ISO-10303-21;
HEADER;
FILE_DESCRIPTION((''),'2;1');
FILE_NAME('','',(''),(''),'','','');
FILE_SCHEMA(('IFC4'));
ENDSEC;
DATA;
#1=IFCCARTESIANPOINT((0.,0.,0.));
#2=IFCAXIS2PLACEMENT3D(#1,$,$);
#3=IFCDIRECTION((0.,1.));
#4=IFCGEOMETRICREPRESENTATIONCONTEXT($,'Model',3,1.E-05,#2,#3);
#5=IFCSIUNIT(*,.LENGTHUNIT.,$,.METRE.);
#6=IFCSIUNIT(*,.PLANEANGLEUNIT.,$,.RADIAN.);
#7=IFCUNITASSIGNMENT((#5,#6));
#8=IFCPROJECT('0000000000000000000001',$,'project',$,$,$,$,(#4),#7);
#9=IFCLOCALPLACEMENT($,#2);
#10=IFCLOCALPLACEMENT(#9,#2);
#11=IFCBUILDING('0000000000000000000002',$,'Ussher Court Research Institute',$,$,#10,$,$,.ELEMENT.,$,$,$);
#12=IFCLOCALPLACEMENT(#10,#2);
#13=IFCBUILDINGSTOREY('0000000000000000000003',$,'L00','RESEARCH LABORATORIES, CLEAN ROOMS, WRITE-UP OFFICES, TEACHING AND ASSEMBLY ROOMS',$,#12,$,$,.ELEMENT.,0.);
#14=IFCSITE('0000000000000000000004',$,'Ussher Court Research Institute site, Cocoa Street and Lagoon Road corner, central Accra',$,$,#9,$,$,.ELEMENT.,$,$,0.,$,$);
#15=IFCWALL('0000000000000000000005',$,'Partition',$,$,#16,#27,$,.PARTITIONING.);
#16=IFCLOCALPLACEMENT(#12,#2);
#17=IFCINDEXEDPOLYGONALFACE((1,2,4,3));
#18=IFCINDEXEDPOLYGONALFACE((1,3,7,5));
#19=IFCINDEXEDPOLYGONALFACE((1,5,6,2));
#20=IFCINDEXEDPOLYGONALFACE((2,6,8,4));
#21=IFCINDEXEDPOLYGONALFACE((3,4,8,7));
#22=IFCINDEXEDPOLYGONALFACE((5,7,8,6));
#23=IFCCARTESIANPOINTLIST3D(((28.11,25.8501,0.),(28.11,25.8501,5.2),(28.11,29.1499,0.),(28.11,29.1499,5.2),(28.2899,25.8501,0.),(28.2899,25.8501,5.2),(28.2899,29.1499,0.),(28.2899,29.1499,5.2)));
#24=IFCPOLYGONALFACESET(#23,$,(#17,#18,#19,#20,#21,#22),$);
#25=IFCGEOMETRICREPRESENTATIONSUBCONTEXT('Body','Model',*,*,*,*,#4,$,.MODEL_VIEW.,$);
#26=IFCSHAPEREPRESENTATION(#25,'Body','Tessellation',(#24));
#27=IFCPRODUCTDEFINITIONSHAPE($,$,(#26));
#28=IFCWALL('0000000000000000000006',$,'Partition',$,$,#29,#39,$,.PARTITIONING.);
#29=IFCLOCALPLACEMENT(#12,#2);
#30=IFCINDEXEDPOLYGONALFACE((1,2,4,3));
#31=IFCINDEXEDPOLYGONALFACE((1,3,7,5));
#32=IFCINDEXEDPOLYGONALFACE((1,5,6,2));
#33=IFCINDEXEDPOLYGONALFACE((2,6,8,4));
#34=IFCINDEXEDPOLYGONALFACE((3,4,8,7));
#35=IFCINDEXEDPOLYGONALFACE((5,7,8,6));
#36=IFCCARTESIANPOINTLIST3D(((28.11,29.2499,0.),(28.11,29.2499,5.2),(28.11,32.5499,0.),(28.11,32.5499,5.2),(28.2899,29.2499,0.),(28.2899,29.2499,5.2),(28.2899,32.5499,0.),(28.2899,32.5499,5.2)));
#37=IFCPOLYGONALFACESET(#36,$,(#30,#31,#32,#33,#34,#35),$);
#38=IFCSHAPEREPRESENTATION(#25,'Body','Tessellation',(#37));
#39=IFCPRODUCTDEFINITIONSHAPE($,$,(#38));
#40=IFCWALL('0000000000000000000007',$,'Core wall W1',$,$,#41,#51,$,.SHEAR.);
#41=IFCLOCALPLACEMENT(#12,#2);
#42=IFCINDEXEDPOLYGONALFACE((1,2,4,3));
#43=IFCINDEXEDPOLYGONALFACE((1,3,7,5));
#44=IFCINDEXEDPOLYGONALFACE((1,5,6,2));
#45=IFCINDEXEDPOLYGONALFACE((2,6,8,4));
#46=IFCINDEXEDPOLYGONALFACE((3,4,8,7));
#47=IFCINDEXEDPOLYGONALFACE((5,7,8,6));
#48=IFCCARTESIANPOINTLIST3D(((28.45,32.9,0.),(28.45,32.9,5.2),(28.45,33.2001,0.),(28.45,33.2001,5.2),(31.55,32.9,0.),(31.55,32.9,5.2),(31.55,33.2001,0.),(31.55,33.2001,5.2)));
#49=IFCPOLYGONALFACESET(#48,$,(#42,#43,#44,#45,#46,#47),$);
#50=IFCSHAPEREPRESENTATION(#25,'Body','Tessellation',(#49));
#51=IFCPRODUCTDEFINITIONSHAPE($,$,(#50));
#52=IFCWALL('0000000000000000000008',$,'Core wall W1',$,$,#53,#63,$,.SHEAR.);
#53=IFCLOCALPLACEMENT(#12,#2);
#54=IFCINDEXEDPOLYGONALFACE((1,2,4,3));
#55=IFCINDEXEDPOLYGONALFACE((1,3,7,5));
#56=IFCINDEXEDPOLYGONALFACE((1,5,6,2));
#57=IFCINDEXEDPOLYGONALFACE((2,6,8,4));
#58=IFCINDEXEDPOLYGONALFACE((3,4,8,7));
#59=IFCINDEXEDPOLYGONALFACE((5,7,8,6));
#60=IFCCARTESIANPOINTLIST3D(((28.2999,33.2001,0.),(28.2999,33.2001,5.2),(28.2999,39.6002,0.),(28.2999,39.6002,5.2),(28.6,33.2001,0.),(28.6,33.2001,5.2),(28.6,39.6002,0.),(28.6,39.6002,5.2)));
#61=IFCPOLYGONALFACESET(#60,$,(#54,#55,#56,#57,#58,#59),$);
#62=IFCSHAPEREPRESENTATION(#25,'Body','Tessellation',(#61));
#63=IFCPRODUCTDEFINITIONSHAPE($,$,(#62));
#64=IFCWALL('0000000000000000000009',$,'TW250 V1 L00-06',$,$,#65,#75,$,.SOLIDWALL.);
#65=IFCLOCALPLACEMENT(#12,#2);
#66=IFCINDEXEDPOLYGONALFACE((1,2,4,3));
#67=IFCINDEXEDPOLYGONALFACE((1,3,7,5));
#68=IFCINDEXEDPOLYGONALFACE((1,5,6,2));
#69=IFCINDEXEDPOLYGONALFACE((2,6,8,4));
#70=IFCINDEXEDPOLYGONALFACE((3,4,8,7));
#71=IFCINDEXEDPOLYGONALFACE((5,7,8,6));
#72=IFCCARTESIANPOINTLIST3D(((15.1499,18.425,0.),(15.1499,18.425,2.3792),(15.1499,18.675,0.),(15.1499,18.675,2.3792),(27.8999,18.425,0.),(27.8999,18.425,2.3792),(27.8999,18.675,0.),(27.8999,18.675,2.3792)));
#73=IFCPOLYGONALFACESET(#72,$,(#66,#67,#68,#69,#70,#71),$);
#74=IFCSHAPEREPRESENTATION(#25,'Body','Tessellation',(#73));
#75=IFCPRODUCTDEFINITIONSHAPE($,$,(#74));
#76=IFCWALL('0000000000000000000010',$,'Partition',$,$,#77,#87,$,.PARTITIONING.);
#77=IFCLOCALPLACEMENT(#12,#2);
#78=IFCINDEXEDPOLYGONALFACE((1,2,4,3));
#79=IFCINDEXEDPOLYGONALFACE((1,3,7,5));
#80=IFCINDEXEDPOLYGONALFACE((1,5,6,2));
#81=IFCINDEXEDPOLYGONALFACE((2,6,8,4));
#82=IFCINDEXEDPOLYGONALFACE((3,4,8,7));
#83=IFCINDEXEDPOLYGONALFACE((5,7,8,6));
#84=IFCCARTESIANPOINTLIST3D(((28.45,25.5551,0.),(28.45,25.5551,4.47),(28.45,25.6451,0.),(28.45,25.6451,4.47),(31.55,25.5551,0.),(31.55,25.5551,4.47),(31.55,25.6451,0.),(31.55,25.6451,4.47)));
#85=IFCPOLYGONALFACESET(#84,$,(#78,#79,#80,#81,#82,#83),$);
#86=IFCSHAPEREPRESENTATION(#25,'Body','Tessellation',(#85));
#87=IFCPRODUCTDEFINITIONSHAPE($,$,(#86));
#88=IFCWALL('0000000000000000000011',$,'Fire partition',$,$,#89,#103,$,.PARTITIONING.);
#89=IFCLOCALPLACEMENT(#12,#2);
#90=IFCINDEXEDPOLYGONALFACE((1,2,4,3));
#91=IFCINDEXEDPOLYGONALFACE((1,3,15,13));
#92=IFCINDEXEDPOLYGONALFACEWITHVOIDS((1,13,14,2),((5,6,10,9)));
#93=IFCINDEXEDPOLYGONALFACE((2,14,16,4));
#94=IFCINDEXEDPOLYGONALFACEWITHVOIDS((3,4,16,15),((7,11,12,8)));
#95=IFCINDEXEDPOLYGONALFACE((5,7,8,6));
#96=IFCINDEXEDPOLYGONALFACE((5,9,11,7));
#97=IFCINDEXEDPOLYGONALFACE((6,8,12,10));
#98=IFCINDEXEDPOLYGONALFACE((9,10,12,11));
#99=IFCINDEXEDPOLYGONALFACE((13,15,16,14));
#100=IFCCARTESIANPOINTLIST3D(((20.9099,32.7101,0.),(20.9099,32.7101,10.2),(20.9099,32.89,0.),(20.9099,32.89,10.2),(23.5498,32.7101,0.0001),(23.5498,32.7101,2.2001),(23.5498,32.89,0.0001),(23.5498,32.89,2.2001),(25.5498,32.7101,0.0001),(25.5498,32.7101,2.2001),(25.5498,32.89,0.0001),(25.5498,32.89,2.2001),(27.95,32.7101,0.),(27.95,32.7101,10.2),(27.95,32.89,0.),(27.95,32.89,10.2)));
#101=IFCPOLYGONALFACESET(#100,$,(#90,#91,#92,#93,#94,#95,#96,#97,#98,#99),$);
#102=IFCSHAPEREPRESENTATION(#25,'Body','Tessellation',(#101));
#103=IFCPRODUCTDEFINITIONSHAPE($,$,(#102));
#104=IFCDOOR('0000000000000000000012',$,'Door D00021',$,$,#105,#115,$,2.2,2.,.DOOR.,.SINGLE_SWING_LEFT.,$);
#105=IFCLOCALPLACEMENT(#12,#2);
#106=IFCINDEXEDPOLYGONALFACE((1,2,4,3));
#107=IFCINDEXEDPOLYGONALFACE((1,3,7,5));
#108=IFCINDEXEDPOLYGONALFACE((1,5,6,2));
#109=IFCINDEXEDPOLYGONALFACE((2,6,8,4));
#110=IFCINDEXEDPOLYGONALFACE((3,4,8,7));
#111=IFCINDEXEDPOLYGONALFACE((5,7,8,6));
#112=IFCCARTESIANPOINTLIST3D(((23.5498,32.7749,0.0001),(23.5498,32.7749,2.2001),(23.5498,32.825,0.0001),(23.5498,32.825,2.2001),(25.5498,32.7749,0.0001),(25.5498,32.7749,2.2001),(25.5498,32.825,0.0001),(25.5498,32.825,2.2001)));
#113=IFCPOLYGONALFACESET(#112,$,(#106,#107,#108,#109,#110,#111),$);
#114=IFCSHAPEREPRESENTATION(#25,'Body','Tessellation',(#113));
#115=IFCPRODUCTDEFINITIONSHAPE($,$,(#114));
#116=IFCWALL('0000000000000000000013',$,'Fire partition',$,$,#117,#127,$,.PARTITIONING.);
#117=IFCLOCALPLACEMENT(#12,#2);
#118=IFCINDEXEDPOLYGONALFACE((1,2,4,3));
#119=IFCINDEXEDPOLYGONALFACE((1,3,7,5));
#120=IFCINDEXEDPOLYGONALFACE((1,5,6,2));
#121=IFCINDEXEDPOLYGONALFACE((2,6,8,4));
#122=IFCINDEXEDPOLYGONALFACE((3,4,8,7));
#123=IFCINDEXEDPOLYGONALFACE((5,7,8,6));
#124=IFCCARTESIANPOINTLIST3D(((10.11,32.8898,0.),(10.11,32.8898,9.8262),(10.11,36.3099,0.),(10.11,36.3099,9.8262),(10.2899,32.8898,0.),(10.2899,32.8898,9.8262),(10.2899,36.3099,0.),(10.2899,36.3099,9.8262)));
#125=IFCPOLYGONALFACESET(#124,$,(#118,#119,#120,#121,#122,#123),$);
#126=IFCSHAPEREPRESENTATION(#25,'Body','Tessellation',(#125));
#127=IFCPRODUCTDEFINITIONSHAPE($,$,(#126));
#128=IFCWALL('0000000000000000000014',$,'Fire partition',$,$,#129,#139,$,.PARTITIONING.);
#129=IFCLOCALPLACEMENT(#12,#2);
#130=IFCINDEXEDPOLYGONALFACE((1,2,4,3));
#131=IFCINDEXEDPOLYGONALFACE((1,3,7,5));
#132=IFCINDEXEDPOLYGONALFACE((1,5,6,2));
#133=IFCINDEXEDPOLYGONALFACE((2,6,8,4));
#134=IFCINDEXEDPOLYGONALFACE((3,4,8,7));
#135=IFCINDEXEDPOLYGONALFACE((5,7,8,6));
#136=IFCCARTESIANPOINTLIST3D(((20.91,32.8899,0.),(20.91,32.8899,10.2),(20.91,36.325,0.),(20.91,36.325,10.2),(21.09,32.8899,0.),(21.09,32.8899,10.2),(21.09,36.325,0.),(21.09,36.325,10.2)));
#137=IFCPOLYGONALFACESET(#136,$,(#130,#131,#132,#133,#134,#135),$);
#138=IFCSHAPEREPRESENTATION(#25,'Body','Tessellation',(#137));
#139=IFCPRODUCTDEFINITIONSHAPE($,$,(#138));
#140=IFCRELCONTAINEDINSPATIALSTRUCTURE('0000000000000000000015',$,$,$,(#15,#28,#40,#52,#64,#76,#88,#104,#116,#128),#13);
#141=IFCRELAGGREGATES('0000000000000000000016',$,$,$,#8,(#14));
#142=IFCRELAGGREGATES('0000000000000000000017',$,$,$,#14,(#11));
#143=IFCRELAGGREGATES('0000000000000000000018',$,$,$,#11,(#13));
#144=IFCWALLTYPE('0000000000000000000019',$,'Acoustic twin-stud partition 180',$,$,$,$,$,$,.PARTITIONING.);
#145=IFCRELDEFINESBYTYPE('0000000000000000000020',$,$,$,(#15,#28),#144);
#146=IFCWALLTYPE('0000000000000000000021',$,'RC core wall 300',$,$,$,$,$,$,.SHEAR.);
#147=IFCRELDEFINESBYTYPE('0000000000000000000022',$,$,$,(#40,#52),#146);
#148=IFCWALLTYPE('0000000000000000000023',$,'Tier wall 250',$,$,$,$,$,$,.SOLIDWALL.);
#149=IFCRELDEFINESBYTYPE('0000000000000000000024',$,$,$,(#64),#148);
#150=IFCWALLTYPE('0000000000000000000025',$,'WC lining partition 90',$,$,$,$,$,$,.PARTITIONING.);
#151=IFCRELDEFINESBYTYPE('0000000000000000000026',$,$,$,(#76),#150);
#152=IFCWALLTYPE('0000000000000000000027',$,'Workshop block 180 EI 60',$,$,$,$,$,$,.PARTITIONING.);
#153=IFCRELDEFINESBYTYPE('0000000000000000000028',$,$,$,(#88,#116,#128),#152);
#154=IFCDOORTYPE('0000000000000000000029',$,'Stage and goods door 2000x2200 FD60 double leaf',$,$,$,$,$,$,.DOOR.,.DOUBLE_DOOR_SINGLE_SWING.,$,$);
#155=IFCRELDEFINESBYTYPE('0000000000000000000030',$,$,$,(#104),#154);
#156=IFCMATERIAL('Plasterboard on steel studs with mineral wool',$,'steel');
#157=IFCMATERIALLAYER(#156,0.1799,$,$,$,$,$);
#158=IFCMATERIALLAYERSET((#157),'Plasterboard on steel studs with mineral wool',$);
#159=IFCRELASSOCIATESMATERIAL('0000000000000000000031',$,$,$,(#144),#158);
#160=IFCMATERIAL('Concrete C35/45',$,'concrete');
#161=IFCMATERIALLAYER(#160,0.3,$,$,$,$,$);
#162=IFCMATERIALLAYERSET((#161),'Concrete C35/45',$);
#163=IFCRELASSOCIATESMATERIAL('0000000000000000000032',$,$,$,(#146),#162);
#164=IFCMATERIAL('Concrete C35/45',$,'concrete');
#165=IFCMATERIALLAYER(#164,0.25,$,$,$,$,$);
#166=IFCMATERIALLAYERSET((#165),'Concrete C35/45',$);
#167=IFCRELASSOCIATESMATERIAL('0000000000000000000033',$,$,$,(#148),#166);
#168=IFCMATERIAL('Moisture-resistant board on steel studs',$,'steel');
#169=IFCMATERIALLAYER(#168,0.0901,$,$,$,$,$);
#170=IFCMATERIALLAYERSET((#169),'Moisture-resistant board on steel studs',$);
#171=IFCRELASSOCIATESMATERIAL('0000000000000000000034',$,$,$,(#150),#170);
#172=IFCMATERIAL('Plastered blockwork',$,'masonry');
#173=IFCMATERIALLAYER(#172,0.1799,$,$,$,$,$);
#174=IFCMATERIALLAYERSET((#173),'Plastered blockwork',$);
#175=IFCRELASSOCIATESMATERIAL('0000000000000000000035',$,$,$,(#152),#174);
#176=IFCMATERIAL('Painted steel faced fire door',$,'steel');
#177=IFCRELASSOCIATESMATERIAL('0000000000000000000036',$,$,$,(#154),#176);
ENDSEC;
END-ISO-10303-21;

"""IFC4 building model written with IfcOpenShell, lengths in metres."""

from ifc_helpers import new_model, si_unit, direction, frame, frame_2d, origin, place, context, subcontext, project, spatial, rectangle, extrude, material, layer, layer_set, type_object, element, fill, save


model = new_model("IFC4")

# Units and contexts
model_context = context("Model", 3, precision=1e-05, world=origin(), true_north=direction((0.0, 1.0)))
body_context = subcontext(model_context, "Body", "Model", "MODEL_VIEW")
ifc_project = project(units=[si_unit("LENGTHUNIT", "METRE"), si_unit("PLANEANGLEUNIT", "RADIAN")], contexts=[model_context])

# Site, building, storey
site_placement = place(None, origin())
site = spatial("IfcSite", under=ifc_project, at=site_placement, Name="Ussher Court Research Institute site, Cocoa Street and Lagoon Road corner, central Accra", CompositionType="ELEMENT", RefElevation=0.0)
building_placement = place(site_placement, origin())
building = spatial("IfcBuilding", under=site, at=building_placement, Name="Ussher Court Research Institute", CompositionType="ELEMENT")
storey_placement = place(building_placement, origin())
storey = spatial("IfcBuildingStorey", under=building, at=storey_placement, Name="L00", Description="RESEARCH LABORATORIES, CLEAN ROOMS, WRITE-UP OFFICES, TEACHING AND ASSEMBLY ROOMS", CompositionType="ELEMENT", Elevation=0.0)

# Walls
ifc_material_1 = material(Name="Plasterboard on steel studs with mineral wool", Category="steel")
ifc_layer_1 = layer(ifc_material_1, 0.1799)
ifc_layer_set_1 = layer_set([ifc_layer_1], Name="Plasterboard on steel studs with mineral wool")
wall_type_1 = type_object("IfcWallType", Name="Acoustic twin-stud partition 180", PredefinedType="PARTITIONING", material=ifc_layer_set_1)
wall_1_placement = place(storey_placement, frame((28.2, 25.8501, 0.0), z_axis=(0.0, 0.0, 1.0), x_axis=(0.0, 1.0, 0.0)))
element("IfcWall", 1, at=wall_1_placement, inside=storey, type_object=wall_type_1, Name="Partition", PredefinedType="PARTITIONING", context=body_context, shape_type="SweptSolid", body=[
    extrude(rectangle(XDim=3.2998, YDim=0.1799, at=frame_2d((1.6499, 0.0))), origin(), (0.0, 0.0, 1.0), 5.2),
])
wall_2_placement = place(storey_placement, frame((28.2, 29.25, 0.0), z_axis=(0.0, 0.0, 1.0), x_axis=(0.0, 1.0, 0.0)))
element("IfcWall", 2, at=wall_2_placement, inside=storey, type_object=wall_type_1, Name="Partition", PredefinedType="PARTITIONING", context=body_context, shape_type="SweptSolid", body=[
    extrude(rectangle(XDim=3.3, YDim=0.1799, at=frame_2d((1.6499, 0.0))), origin(), (0.0, 0.0, 1.0), 5.2),
])
ifc_material_2 = material(Name="Concrete C35/45", Category="concrete")
ifc_layer_2 = layer(ifc_material_2, 0.3)
ifc_layer_set_2 = layer_set([ifc_layer_2], Name="Concrete C35/45")
wall_type_2 = type_object("IfcWallType", Name="RC core wall 300", PredefinedType="SHEAR", material=ifc_layer_set_2)
wall_3_placement = place(storey_placement, frame((28.45, 33.05, 0.0), z_axis=(0.0, 0.0, 1.0), x_axis=(1.0, 0.0, 0.0)))
element("IfcWall", 3, at=wall_3_placement, inside=storey, type_object=wall_type_2, Name="Core wall W1", PredefinedType="SHEAR", context=body_context, shape_type="SweptSolid", body=[
    extrude(rectangle(XDim=3.1001, YDim=0.3, at=frame_2d((1.55, 0.0))), origin(), (0.0, 0.0, 1.0), 5.2),
])
wall_4_placement = place(storey_placement, frame((28.45, 33.2, 0.0), z_axis=(0.0, 0.0, 1.0), x_axis=(0.0, 1.0, 0.0)))
element("IfcWall", 4, at=wall_4_placement, inside=storey, type_object=wall_type_2, Name="Core wall W1", PredefinedType="SHEAR", context=body_context, shape_type="SweptSolid", body=[
    extrude(rectangle(XDim=6.4001, YDim=0.3, at=frame_2d((3.2002, 0.0))), origin(), (0.0, 0.0, 1.0), 5.2),
])
ifc_material_3 = material(Name="Concrete C35/45", Category="concrete")
ifc_layer_3 = layer(ifc_material_3, 0.25)
ifc_layer_set_3 = layer_set([ifc_layer_3], Name="Concrete C35/45")
wall_type_3 = type_object("IfcWallType", Name="Tier wall 250", PredefinedType="SOLIDWALL", material=ifc_layer_set_3)
wall_5_placement = place(storey_placement, frame((15.1499, 18.55, 0.0), z_axis=(0.0, 0.0, 1.0), x_axis=(1.0, 0.0, 0.0)))
element("IfcWall", 5, at=wall_5_placement, inside=storey, type_object=wall_type_3, Name="TW250 V1 L00-06", PredefinedType="SOLIDWALL", context=body_context, shape_type="SweptSolid", body=[
    extrude(rectangle(XDim=12.75, YDim=0.25, at=frame_2d((6.375, 0.0))), origin(), (0.0, 0.0, 1.0), 2.3792),
])
ifc_material_4 = material(Name="Moisture-resistant board on steel studs", Category="steel")
ifc_layer_4 = layer(ifc_material_4, 0.0901)
ifc_layer_set_4 = layer_set([ifc_layer_4], Name="Moisture-resistant board on steel studs")
wall_type_4 = type_object("IfcWallType", Name="WC lining partition 90", PredefinedType="PARTITIONING", material=ifc_layer_set_4)
wall_6_placement = place(storey_placement, frame((28.45, 25.6001, 0.0), z_axis=(0.0, 0.0, 1.0), x_axis=(1.0, 0.0, 0.0)))
element("IfcWall", 6, at=wall_6_placement, inside=storey, type_object=wall_type_4, Name="Partition", PredefinedType="PARTITIONING", context=body_context, shape_type="SweptSolid", body=[
    extrude(rectangle(XDim=3.1001, YDim=0.0901, at=frame_2d((1.55, 0.0))), origin(), (0.0, 0.0, 1.0), 4.47),
])

# Wall, opening, door
ifc_material_5 = material(Name="Plastered blockwork", Category="masonry")
ifc_layer_5 = layer(ifc_material_5, 0.1799)
ifc_layer_set_5 = layer_set([ifc_layer_5], Name="Plastered blockwork")
wall_type_5 = type_object("IfcWallType", Name="Workshop block 180 EI 60", PredefinedType="PARTITIONING", material=ifc_layer_set_5)
wall_7_placement = place(storey_placement, frame((20.9099, 32.8, 0.0), z_axis=(0.0, 0.0, 1.0), x_axis=(1.0, 0.0, 0.0)))
wall_7 = element("IfcWall", 7, at=wall_7_placement, inside=storey, type_object=wall_type_5, Name="Fire partition", PredefinedType="PARTITIONING", context=body_context, shape_type="SweptSolid", body=[
    extrude(rectangle(XDim=7.04, YDim=0.1799, at=frame_2d((3.52, 0.0))), origin(), (0.0, 0.0, 1.0), 10.2),
])
opening_placement = place(wall_7_placement, frame((2.6399, 0.0, 0.0)))
opening = element("IfcOpeningElement", 8, at=opening_placement, cuts=wall_7, PredefinedType="OPENING", context=body_context, shape_type="SweptSolid", body=[
    extrude(rectangle(XDim=2.0, YDim=2.2, at=frame_2d((1.0, 1.1001))), frame((0.0, 0.1001, 0.0), z_axis=(0.0, -1.0, 0.0), x_axis=(1.0, 0.0, 0.0)), (0.0, 0.0, 1.0), 0.2),
])
ifc_material_6 = material(Name="Painted steel faced fire door", Category="steel")
door_type = type_object("IfcDoorType", Name="Stage and goods door 2000x2200 FD60 double leaf", OperationType="DOUBLE_DOOR_SINGLE_SWING", PredefinedType="DOOR", material=ifc_material_6)
door_placement = place(opening_placement, origin())
door = element("IfcDoor", 9, at=door_placement, inside=storey, type_object=door_type, Name="Door D00021", OperationType="SINGLE_SWING_LEFT", OverallHeight=2.2, OverallWidth=2.0, PredefinedType="DOOR", context=body_context, shape_type="SweptSolid", body=[
    extrude(rectangle(XDim=2.0, YDim=2.2, at=frame_2d((1.0, 1.1001))), frame((0.0, 0.0249, 0.0), z_axis=(0.0, -1.0, 0.0), x_axis=(1.0, 0.0, 0.0)), (0.0, 0.0, 1.0), 0.05),
])
fill(opening, door)

# Walls
wall_8_placement = place(storey_placement, frame((10.2, 32.8899, 0.0), z_axis=(0.0, 0.0, 1.0), x_axis=(0.0, 1.0, 0.0)))
element("IfcWall", 10, at=wall_8_placement, inside=storey, type_object=wall_type_5, Name="Fire partition", PredefinedType="PARTITIONING", context=body_context, shape_type="SweptSolid", body=[
    extrude(rectangle(XDim=3.4202, YDim=0.1799, at=frame_2d((1.71, 0.0))), origin(), (0.0, 0.0, 1.0), 9.8262),
])
wall_9_placement = place(storey_placement, frame((21.0, 32.8899, 0.0), z_axis=(0.0, 0.0, 1.0), x_axis=(0.0, 1.0, 0.0)))
element("IfcWall", 11, at=wall_9_placement, inside=storey, type_object=wall_type_5, Name="Fire partition", PredefinedType="PARTITIONING", context=body_context, shape_type="SweptSolid", body=[
    extrude(rectangle(XDim=3.4351, YDim=0.1799, at=frame_2d((1.7175, 0.0))), origin(), (0.0, 0.0, 1.0), 10.2),
])

save(model, "model.ifc")
